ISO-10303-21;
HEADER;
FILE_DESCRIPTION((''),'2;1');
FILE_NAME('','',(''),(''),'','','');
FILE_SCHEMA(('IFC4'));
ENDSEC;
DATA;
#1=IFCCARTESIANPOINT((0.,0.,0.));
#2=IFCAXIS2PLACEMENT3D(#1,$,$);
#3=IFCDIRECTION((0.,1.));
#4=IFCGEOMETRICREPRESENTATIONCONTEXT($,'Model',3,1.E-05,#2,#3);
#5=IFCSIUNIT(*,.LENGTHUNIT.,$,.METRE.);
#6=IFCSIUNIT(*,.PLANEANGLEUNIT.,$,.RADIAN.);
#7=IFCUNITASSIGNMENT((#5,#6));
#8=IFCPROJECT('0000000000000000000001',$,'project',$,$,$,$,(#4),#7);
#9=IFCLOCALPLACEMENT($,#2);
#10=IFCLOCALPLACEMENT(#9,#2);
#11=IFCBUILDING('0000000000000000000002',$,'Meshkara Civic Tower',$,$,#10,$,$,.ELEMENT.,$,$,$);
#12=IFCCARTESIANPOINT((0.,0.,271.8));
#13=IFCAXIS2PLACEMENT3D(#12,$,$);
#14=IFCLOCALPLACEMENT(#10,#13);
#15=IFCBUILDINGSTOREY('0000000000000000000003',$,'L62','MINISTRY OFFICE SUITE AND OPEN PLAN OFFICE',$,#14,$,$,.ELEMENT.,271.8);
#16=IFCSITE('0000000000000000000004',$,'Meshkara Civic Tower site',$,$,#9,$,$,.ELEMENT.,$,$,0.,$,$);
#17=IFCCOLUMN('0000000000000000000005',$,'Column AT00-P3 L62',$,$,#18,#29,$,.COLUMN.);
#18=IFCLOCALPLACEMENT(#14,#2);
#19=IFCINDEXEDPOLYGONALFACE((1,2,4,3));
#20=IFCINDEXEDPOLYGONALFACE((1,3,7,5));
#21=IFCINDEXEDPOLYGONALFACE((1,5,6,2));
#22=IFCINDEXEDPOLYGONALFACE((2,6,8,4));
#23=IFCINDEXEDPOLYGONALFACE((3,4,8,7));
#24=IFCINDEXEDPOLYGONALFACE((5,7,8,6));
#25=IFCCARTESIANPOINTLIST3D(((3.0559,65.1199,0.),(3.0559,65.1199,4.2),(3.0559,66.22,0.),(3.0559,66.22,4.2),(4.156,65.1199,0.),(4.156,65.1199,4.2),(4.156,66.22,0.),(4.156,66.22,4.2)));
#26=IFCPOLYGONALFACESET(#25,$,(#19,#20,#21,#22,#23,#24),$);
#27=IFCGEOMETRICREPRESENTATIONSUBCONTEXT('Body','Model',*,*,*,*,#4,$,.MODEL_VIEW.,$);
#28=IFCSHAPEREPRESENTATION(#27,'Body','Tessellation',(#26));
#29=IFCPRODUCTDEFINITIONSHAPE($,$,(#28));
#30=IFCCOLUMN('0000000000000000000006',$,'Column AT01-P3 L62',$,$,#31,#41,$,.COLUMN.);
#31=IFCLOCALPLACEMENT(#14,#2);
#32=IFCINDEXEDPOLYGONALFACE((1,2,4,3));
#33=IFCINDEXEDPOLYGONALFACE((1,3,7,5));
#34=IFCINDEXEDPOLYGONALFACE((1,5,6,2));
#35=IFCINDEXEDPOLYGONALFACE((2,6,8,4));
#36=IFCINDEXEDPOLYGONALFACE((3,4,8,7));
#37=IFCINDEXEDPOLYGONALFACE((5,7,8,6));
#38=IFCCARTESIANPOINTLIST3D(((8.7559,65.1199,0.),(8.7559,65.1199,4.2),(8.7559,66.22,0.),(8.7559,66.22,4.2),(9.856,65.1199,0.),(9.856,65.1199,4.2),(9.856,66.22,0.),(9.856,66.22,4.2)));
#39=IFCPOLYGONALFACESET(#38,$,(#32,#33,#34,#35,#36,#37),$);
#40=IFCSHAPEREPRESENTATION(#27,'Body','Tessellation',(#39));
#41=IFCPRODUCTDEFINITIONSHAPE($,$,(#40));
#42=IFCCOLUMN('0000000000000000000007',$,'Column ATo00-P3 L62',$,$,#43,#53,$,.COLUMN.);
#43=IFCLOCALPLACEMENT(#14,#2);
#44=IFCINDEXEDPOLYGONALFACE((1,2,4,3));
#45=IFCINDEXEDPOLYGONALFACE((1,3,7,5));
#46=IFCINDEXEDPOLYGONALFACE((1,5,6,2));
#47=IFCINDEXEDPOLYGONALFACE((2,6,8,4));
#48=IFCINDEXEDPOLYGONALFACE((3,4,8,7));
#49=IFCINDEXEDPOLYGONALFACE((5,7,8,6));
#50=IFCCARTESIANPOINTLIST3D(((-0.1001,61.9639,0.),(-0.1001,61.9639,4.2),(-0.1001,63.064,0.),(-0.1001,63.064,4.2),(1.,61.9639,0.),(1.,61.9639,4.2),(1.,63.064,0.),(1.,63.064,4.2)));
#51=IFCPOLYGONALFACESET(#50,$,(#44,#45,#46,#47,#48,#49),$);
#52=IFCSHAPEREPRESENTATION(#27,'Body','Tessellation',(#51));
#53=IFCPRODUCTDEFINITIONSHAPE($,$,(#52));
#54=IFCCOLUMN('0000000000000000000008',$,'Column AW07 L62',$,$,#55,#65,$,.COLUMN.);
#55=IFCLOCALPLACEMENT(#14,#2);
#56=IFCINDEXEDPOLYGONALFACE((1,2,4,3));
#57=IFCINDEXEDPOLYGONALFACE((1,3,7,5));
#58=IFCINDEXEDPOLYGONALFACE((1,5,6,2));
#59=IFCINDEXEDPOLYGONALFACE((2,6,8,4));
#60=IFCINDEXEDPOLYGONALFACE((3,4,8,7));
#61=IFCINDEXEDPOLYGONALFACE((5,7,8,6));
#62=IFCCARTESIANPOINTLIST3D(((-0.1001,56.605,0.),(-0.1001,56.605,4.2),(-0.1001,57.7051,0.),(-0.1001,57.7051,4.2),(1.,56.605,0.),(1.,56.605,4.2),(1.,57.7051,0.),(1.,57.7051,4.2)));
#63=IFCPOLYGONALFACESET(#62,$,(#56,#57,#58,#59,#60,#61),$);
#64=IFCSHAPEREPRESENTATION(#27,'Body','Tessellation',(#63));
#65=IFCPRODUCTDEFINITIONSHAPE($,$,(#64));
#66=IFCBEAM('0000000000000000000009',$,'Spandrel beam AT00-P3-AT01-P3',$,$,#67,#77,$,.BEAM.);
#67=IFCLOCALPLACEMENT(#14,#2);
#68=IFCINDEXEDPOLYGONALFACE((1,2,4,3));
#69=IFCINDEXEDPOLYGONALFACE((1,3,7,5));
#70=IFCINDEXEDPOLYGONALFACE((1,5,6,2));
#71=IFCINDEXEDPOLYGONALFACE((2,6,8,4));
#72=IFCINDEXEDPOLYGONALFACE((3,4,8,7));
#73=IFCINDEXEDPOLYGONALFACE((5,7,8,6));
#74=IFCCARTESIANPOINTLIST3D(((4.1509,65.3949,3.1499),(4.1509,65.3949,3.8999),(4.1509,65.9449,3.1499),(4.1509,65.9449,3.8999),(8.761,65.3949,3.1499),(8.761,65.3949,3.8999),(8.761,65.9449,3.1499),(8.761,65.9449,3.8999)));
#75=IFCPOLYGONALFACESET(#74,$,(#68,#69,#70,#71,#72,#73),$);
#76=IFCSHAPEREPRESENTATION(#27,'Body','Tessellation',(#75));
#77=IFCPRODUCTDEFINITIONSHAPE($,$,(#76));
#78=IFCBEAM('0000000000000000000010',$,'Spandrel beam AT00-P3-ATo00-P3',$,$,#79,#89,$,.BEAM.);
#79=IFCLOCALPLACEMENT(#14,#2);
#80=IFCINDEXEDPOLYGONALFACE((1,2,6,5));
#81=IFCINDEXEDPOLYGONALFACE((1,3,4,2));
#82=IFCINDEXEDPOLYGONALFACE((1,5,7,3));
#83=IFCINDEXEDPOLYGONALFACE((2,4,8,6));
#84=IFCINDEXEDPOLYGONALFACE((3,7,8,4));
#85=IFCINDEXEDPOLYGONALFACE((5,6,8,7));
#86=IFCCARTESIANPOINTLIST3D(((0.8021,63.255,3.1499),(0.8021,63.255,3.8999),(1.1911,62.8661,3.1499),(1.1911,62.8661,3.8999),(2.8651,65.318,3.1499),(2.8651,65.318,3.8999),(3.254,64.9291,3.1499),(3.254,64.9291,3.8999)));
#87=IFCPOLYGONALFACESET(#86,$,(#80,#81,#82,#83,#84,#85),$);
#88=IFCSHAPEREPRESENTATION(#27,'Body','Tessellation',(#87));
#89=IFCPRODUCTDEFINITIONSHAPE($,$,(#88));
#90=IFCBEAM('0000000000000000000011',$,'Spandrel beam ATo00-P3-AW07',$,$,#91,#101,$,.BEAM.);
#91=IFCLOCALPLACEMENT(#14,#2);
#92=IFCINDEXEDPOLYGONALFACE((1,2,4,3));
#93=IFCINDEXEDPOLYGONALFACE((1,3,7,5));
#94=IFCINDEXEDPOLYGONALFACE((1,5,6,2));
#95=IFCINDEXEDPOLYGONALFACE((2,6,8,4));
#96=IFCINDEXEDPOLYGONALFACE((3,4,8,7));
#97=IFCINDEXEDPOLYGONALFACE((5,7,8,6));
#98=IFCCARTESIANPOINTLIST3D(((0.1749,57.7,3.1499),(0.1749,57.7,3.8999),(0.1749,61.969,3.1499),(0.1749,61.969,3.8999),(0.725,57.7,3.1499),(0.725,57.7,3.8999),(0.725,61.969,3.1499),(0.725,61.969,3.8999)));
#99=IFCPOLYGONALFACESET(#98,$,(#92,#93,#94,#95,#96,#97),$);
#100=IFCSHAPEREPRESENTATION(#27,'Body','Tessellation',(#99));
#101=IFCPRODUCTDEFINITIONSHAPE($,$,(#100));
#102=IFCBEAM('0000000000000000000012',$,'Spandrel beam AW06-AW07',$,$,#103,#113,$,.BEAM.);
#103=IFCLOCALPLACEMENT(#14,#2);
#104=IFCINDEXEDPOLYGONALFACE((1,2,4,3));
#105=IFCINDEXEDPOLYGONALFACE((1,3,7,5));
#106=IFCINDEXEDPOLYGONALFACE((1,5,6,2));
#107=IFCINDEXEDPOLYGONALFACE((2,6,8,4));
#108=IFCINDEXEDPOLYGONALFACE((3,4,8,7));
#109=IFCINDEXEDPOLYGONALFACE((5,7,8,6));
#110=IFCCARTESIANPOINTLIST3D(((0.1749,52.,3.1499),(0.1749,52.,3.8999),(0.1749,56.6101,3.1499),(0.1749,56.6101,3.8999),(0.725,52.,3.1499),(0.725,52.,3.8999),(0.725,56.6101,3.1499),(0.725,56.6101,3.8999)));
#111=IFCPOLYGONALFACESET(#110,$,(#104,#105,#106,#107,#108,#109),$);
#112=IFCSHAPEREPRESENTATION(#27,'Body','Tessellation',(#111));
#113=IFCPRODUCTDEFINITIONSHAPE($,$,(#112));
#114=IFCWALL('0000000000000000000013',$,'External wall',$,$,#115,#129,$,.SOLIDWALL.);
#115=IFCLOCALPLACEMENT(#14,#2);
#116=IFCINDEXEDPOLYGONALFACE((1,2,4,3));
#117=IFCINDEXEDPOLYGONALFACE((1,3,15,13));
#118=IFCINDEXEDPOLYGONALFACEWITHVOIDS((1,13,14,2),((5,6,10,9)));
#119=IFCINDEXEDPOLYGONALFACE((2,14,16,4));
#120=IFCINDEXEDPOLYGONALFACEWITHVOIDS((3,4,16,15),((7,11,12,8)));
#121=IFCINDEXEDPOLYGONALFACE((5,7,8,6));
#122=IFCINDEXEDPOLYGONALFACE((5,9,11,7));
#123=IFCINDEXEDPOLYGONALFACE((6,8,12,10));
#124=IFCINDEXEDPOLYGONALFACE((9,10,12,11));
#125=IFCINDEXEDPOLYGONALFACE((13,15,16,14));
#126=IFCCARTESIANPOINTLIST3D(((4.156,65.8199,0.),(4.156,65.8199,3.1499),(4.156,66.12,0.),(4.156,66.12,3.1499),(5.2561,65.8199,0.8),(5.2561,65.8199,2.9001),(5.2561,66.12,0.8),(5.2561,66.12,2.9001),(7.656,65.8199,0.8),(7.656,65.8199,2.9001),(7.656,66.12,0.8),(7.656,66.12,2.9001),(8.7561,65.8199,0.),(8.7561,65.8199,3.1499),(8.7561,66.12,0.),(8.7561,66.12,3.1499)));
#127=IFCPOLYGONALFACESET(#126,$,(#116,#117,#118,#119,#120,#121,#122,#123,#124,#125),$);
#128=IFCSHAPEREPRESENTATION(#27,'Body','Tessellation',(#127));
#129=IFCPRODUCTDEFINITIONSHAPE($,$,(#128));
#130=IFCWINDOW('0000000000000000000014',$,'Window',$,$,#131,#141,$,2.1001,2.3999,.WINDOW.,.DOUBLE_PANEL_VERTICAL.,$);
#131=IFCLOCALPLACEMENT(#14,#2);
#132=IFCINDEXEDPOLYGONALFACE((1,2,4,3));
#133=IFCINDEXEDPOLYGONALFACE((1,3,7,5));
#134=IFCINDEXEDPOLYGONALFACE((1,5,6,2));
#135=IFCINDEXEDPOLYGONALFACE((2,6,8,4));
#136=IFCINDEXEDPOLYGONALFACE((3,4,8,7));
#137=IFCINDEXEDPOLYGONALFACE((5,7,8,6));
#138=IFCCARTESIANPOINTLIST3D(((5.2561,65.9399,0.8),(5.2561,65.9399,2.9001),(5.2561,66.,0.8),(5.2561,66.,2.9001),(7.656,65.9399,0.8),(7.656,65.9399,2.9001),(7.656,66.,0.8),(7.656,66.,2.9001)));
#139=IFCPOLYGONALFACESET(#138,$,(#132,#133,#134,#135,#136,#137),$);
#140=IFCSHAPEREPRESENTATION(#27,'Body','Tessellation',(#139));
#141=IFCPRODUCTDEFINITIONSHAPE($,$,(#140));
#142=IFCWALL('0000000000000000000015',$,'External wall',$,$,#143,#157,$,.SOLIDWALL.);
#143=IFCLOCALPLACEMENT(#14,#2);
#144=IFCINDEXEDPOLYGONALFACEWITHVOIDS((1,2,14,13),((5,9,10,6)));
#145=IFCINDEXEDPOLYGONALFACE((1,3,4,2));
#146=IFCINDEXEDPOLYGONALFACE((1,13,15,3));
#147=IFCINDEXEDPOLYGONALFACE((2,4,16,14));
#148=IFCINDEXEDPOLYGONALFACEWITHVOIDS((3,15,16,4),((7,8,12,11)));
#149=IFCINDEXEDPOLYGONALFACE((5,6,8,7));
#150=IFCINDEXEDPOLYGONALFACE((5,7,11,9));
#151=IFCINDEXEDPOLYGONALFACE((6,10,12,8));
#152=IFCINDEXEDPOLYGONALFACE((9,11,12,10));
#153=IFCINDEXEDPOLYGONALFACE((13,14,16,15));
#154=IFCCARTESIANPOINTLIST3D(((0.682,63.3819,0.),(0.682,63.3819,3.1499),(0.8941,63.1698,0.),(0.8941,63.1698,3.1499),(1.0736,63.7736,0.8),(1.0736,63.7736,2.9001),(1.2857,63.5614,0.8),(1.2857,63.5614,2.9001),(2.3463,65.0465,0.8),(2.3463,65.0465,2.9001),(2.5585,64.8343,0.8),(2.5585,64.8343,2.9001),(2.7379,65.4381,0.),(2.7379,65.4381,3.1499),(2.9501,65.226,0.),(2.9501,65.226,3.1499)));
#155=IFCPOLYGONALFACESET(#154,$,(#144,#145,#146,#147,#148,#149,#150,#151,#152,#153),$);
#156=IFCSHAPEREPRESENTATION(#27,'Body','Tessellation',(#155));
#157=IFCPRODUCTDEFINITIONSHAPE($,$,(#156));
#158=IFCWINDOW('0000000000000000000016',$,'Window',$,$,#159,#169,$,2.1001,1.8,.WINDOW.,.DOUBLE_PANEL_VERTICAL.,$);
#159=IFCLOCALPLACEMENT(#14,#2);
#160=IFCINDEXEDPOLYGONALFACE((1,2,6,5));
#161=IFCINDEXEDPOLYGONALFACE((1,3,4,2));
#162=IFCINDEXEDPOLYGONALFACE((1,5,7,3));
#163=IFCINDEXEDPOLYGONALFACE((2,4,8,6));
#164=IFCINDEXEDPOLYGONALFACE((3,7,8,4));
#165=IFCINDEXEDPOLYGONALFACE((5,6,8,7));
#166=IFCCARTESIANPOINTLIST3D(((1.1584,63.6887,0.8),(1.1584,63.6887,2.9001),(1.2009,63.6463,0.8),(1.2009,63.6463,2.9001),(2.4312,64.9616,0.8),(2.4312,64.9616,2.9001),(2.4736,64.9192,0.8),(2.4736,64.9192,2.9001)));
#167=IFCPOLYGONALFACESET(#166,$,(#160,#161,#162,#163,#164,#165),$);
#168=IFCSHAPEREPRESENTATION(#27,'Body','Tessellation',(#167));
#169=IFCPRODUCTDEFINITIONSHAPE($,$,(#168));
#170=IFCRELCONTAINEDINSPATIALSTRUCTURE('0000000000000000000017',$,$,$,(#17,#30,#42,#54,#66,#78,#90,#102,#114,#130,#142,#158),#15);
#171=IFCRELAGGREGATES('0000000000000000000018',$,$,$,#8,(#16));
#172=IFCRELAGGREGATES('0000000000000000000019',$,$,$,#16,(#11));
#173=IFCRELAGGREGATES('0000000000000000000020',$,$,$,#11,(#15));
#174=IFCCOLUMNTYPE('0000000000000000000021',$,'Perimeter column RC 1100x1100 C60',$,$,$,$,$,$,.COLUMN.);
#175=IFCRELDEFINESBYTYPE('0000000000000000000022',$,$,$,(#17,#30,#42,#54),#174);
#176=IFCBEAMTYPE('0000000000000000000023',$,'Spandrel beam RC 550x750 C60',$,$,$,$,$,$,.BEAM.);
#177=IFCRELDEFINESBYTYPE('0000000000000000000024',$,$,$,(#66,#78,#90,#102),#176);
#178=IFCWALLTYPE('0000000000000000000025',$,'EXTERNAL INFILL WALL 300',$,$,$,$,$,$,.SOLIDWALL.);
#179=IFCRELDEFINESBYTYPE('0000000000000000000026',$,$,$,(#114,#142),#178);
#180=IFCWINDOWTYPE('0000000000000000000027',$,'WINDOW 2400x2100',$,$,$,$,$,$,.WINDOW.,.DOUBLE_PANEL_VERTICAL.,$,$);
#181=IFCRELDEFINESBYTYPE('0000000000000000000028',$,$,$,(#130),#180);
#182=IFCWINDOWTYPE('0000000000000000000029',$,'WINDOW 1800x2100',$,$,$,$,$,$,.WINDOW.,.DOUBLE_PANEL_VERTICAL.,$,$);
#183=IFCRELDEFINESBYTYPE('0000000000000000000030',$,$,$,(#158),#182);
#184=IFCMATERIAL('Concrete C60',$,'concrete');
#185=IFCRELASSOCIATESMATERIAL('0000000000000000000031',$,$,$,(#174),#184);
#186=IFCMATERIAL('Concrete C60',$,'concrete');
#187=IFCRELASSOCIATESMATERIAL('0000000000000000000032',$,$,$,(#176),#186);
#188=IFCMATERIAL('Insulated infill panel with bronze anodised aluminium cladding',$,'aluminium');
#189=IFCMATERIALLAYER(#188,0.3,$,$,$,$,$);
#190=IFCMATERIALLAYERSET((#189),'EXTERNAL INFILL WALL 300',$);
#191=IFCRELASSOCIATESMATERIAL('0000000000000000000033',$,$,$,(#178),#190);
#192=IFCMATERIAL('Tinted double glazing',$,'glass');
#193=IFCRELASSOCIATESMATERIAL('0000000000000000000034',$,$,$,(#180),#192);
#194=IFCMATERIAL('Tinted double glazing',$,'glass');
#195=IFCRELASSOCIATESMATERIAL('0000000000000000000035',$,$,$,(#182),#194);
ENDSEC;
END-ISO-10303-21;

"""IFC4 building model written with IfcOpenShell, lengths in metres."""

from ifc_helpers import new_model, si_unit, direction, frame, frame_2d, origin, origin_2d, place, context, subcontext, project, spatial, rectangle, extrude, material, layer, layer_set, material_profile, profile_set, type_object, element, fill, save


model = new_model("IFC4")

# Units and contexts
model_context = context("Model", 3, precision=1e-05, world=origin(), true_north=direction((0.0, 1.0)))
body_context = subcontext(model_context, "Body", "Model", "MODEL_VIEW")
ifc_project = project(units=[si_unit("LENGTHUNIT", "METRE"), si_unit("PLANEANGLEUNIT", "RADIAN")], contexts=[model_context])

# Site, building, storey
site_placement = place(None, origin())
site = spatial("IfcSite", under=ifc_project, at=site_placement, Name="Meshkara Civic Tower site", CompositionType="ELEMENT", RefElevation=0.0)
building_placement = place(site_placement, origin())
building = spatial("IfcBuilding", under=site, at=building_placement, Name="Meshkara Civic Tower", CompositionType="ELEMENT")
storey_placement = place(building_placement, frame((0.0, 0.0, 271.8)))
storey = spatial("IfcBuildingStorey", under=building, at=storey_placement, Name="L62", Description="MINISTRY OFFICE SUITE AND OPEN PLAN OFFICE", CompositionType="ELEMENT", Elevation=271.8)

# Columns
ifc_material_1 = material(Name="Concrete C60", Category="concrete")
ifc_material_profile_1 = material_profile(ifc_material_1, rectangle(XDim=1.1001, YDim=1.1001, at=origin_2d()))
ifc_profile_set_1 = profile_set([ifc_material_profile_1], Name="Concrete C60")
column_type = type_object("IfcColumnType", Name="Perimeter column RC 1100x1100 C60", PredefinedType="COLUMN", material=ifc_profile_set_1)
for number, where, z_axis, x_axis, name in (
    (1, (3.606, 65.6699, 0.0), (0.0, 0.0, 1.0), (1.0, 0.0, 0.0), "Column AT00-P3 L62"),
    (2, (9.3059, 65.6699, 0.0), (0.0, 0.0, 1.0), (1.0, 0.0, 0.0), "Column AT01-P3 L62"),
    (3, (0.45, 62.5139, 0.0), (0.0, 0.0, 1.0), (1.0, 0.0, 0.0), "Column ATo00-P3 L62"),
    (4, (0.45, 57.155, 0.0), (0.0, 0.0, 1.0), (1.0, 0.0, 0.0), "Column AW07 L62"),
):
    element("IfcColumn", number, at=place(storey_placement, frame(where, z_axis=z_axis, x_axis=x_axis)), inside=storey, type_object=column_type, Name=name, PredefinedType="COLUMN", context=body_context, shape_type="SweptSolid", body=[
        extrude(rectangle(XDim=1.1001, YDim=1.1001, at=origin_2d()), origin(), (0.0, 0.0, 1.0), 4.2),
    ])

# Beams
ifc_material_2 = material(Name="Concrete C60", Category="concrete")
ifc_material_profile_2 = material_profile(ifc_material_2, rectangle(XDim=0.55, YDim=0.75, at=origin_2d()))
ifc_profile_set_2 = profile_set([ifc_material_profile_2], Name="Concrete C60")
beam_type = type_object("IfcBeamType", Name="Spandrel beam RC 550x750 C60", PredefinedType="BEAM", material=ifc_profile_set_2)
beam_1_placement = place(storey_placement, frame((8.761, 65.6699, 3.5249), z_axis=(-1.0, 0.0, 0.0), x_axis=(0.0, -1.0, 0.0)))
element("IfcBeam", 5, at=beam_1_placement, inside=storey, type_object=beam_type, Name="Spandrel beam AT00-P3-AT01-P3", PredefinedType="BEAM", context=body_context, shape_type="SweptSolid", body=[
    extrude(rectangle(XDim=0.55, YDim=0.75, at=origin_2d()), origin(), (0.0, 0.0, 1.0), 4.6101),
])
beam_2_placement = place(storey_placement, frame((3.0596, 65.1235, 3.5249), z_axis=(-0.707107, -0.707107, 0.0), x_axis=(0.707107, -0.707107, 0.0)))
element("IfcBeam", 6, at=beam_2_placement, inside=storey, type_object=beam_type, Name="Spandrel beam AT00-P3-ATo00-P3", PredefinedType="BEAM", context=body_context, shape_type="SweptSolid", body=[
    extrude(rectangle(XDim=0.55, YDim=0.75, at=origin_2d()), origin(), (0.0, 0.0, 1.0), 2.9175),
])
beam_3_placement = place(storey_placement, frame((0.45, 61.969, 3.5249), z_axis=(0.0, -1.0, 0.0), x_axis=(1.0, 0.0, 0.0)))
element("IfcBeam", 7, at=beam_3_placement, inside=storey, type_object=beam_type, Name="Spandrel beam ATo00-P3-AW07", PredefinedType="BEAM", context=body_context, shape_type="SweptSolid", body=[
    extrude(rectangle(XDim=0.55, YDim=0.75, at=origin_2d()), origin(), (0.0, 0.0, 1.0), 4.269),
])
beam_4_placement = place(storey_placement, frame((0.45, 56.6101, 3.5249), z_axis=(0.0, -1.0, 0.0), x_axis=(1.0, 0.0, 0.0)))
element("IfcBeam", 8, at=beam_4_placement, inside=storey, type_object=beam_type, Name="Spandrel beam AW06-AW07", PredefinedType="BEAM", context=body_context, shape_type="SweptSolid", body=[
    extrude(rectangle(XDim=0.55, YDim=0.75, at=origin_2d()), origin(), (0.0, 0.0, 1.0), 4.6101),
])

# Walls, openings, windows
ifc_material_3 = material(Name="Insulated infill panel with bronze anodised aluminium cladding", Category="aluminium")
ifc_layer_1 = layer(ifc_material_3, 0.3)
ifc_layer_set_1 = layer_set([ifc_layer_1], Name="EXTERNAL INFILL WALL 300")
wall_type_1 = type_object("IfcWallType", Name="EXTERNAL INFILL WALL 300", PredefinedType="SOLIDWALL", material=ifc_layer_set_1)
wall_1_placement = place(storey_placement, frame((8.7561, 65.97, 0.0), z_axis=(0.0, 0.0, 1.0), x_axis=(-1.0, 0.0, 0.0)))
wall_1 = element("IfcWall", 9, at=wall_1_placement, inside=storey, type_object=wall_type_1, Name="External wall", PredefinedType="SOLIDWALL", context=body_context, shape_type="SweptSolid", body=[
    extrude(rectangle(XDim=4.6001, YDim=0.3, at=frame_2d((2.3, 0.0))), origin(), (0.0, 0.0, 1.0), 3.1499),
])
opening_1_placement = place(wall_1_placement, frame((1.1001, 0.0, 0.8)))
opening_1 = element("IfcOpeningElement", 10, at=opening_1_placement, cuts=wall_1, PredefinedType="OPENING", context=body_context, shape_type="SweptSolid", body=[
    extrude(rectangle(XDim=2.3999, YDim=2.1001, at=frame_2d((1.2, 1.05))), frame((0.0, 0.1599, 0.0), z_axis=(0.0, -1.0, 0.0), x_axis=(1.0, 0.0, 0.0)), (0.0, 0.0, 1.0), 0.3201),
])
ifc_material_4 = material(Name="Tinted double glazing", Category="glass")
window_type_1 = type_object("IfcWindowType", Name="WINDOW 2400x2100", PartitioningType="DOUBLE_PANEL_VERTICAL", PredefinedType="WINDOW", material=ifc_material_4)
window_1_placement = place(opening_1_placement, origin())
window_1 = element("IfcWindow", 11, at=window_1_placement, inside=storey, type_object=window_type_1, Name="Window", OverallHeight=2.1001, OverallWidth=2.3999, PartitioningType="DOUBLE_PANEL_VERTICAL", PredefinedType="WINDOW", context=body_context, shape_type="SweptSolid", body=[
    extrude(rectangle(XDim=2.3999, YDim=2.1001, at=frame_2d((1.2, 1.05))), frame((0.0, 0.03, 0.0), z_axis=(0.0, -1.0, 0.0), x_axis=(1.0, 0.0, 0.0)), (0.0, 0.0, 1.0), 0.0601),
])
fill(opening_1, window_1)
wall_2_placement = place(storey_placement, frame((2.844, 65.332, 0.0), z_axis=(0.0, 0.0, 1.0), x_axis=(-0.707065, -0.707149, 0.0)))
wall_2 = element("IfcWall", 12, at=wall_2_placement, inside=storey, type_object=wall_type_1, Name="External wall", PredefinedType="SOLIDWALL", context=body_context, shape_type="SweptSolid", body=[
    extrude(rectangle(XDim=2.9077, YDim=0.3, at=frame_2d((1.4539, 0.0))), origin(), (0.0, 0.0, 1.0), 3.1499),
])
opening_2_placement = place(wall_2_placement, frame((0.554, 0.0, 0.8)))
opening_2 = element("IfcOpeningElement", 13, at=opening_2_placement, cuts=wall_2, PredefinedType="OPENING", context=body_context, shape_type="SweptSolid", body=[
    extrude(rectangle(XDim=1.8, YDim=2.1001, at=frame_2d((0.8999, 1.05))), frame((0.0, 0.1599, 0.0), z_axis=(0.0, -1.0, 0.0), x_axis=(1.0, 0.0, 0.0)), (0.0, 0.0, 1.0), 0.3201),
])
ifc_material_5 = material(Name="Tinted double glazing", Category="glass")
window_type_2 = type_object("IfcWindowType", Name="WINDOW 1800x2100", PartitioningType="DOUBLE_PANEL_VERTICAL", PredefinedType="WINDOW", material=ifc_material_5)
window_2_placement = place(opening_2_placement, origin())
window_2 = element("IfcWindow", 14, at=window_2_placement, inside=storey, type_object=window_type_2, Name="Window", OverallHeight=2.1001, OverallWidth=1.8, PartitioningType="DOUBLE_PANEL_VERTICAL", PredefinedType="WINDOW", context=body_context, shape_type="SweptSolid", body=[
    extrude(rectangle(XDim=1.8, YDim=2.1001, at=frame_2d((0.8999, 1.05))), frame((0.0, 0.03, 0.0), z_axis=(0.0, -1.0, 0.0), x_axis=(1.0, 0.0, 0.0)), (0.0, 0.0, 1.0), 0.0601),
])
fill(opening_2, window_2)

save(model, "model.ifc")
